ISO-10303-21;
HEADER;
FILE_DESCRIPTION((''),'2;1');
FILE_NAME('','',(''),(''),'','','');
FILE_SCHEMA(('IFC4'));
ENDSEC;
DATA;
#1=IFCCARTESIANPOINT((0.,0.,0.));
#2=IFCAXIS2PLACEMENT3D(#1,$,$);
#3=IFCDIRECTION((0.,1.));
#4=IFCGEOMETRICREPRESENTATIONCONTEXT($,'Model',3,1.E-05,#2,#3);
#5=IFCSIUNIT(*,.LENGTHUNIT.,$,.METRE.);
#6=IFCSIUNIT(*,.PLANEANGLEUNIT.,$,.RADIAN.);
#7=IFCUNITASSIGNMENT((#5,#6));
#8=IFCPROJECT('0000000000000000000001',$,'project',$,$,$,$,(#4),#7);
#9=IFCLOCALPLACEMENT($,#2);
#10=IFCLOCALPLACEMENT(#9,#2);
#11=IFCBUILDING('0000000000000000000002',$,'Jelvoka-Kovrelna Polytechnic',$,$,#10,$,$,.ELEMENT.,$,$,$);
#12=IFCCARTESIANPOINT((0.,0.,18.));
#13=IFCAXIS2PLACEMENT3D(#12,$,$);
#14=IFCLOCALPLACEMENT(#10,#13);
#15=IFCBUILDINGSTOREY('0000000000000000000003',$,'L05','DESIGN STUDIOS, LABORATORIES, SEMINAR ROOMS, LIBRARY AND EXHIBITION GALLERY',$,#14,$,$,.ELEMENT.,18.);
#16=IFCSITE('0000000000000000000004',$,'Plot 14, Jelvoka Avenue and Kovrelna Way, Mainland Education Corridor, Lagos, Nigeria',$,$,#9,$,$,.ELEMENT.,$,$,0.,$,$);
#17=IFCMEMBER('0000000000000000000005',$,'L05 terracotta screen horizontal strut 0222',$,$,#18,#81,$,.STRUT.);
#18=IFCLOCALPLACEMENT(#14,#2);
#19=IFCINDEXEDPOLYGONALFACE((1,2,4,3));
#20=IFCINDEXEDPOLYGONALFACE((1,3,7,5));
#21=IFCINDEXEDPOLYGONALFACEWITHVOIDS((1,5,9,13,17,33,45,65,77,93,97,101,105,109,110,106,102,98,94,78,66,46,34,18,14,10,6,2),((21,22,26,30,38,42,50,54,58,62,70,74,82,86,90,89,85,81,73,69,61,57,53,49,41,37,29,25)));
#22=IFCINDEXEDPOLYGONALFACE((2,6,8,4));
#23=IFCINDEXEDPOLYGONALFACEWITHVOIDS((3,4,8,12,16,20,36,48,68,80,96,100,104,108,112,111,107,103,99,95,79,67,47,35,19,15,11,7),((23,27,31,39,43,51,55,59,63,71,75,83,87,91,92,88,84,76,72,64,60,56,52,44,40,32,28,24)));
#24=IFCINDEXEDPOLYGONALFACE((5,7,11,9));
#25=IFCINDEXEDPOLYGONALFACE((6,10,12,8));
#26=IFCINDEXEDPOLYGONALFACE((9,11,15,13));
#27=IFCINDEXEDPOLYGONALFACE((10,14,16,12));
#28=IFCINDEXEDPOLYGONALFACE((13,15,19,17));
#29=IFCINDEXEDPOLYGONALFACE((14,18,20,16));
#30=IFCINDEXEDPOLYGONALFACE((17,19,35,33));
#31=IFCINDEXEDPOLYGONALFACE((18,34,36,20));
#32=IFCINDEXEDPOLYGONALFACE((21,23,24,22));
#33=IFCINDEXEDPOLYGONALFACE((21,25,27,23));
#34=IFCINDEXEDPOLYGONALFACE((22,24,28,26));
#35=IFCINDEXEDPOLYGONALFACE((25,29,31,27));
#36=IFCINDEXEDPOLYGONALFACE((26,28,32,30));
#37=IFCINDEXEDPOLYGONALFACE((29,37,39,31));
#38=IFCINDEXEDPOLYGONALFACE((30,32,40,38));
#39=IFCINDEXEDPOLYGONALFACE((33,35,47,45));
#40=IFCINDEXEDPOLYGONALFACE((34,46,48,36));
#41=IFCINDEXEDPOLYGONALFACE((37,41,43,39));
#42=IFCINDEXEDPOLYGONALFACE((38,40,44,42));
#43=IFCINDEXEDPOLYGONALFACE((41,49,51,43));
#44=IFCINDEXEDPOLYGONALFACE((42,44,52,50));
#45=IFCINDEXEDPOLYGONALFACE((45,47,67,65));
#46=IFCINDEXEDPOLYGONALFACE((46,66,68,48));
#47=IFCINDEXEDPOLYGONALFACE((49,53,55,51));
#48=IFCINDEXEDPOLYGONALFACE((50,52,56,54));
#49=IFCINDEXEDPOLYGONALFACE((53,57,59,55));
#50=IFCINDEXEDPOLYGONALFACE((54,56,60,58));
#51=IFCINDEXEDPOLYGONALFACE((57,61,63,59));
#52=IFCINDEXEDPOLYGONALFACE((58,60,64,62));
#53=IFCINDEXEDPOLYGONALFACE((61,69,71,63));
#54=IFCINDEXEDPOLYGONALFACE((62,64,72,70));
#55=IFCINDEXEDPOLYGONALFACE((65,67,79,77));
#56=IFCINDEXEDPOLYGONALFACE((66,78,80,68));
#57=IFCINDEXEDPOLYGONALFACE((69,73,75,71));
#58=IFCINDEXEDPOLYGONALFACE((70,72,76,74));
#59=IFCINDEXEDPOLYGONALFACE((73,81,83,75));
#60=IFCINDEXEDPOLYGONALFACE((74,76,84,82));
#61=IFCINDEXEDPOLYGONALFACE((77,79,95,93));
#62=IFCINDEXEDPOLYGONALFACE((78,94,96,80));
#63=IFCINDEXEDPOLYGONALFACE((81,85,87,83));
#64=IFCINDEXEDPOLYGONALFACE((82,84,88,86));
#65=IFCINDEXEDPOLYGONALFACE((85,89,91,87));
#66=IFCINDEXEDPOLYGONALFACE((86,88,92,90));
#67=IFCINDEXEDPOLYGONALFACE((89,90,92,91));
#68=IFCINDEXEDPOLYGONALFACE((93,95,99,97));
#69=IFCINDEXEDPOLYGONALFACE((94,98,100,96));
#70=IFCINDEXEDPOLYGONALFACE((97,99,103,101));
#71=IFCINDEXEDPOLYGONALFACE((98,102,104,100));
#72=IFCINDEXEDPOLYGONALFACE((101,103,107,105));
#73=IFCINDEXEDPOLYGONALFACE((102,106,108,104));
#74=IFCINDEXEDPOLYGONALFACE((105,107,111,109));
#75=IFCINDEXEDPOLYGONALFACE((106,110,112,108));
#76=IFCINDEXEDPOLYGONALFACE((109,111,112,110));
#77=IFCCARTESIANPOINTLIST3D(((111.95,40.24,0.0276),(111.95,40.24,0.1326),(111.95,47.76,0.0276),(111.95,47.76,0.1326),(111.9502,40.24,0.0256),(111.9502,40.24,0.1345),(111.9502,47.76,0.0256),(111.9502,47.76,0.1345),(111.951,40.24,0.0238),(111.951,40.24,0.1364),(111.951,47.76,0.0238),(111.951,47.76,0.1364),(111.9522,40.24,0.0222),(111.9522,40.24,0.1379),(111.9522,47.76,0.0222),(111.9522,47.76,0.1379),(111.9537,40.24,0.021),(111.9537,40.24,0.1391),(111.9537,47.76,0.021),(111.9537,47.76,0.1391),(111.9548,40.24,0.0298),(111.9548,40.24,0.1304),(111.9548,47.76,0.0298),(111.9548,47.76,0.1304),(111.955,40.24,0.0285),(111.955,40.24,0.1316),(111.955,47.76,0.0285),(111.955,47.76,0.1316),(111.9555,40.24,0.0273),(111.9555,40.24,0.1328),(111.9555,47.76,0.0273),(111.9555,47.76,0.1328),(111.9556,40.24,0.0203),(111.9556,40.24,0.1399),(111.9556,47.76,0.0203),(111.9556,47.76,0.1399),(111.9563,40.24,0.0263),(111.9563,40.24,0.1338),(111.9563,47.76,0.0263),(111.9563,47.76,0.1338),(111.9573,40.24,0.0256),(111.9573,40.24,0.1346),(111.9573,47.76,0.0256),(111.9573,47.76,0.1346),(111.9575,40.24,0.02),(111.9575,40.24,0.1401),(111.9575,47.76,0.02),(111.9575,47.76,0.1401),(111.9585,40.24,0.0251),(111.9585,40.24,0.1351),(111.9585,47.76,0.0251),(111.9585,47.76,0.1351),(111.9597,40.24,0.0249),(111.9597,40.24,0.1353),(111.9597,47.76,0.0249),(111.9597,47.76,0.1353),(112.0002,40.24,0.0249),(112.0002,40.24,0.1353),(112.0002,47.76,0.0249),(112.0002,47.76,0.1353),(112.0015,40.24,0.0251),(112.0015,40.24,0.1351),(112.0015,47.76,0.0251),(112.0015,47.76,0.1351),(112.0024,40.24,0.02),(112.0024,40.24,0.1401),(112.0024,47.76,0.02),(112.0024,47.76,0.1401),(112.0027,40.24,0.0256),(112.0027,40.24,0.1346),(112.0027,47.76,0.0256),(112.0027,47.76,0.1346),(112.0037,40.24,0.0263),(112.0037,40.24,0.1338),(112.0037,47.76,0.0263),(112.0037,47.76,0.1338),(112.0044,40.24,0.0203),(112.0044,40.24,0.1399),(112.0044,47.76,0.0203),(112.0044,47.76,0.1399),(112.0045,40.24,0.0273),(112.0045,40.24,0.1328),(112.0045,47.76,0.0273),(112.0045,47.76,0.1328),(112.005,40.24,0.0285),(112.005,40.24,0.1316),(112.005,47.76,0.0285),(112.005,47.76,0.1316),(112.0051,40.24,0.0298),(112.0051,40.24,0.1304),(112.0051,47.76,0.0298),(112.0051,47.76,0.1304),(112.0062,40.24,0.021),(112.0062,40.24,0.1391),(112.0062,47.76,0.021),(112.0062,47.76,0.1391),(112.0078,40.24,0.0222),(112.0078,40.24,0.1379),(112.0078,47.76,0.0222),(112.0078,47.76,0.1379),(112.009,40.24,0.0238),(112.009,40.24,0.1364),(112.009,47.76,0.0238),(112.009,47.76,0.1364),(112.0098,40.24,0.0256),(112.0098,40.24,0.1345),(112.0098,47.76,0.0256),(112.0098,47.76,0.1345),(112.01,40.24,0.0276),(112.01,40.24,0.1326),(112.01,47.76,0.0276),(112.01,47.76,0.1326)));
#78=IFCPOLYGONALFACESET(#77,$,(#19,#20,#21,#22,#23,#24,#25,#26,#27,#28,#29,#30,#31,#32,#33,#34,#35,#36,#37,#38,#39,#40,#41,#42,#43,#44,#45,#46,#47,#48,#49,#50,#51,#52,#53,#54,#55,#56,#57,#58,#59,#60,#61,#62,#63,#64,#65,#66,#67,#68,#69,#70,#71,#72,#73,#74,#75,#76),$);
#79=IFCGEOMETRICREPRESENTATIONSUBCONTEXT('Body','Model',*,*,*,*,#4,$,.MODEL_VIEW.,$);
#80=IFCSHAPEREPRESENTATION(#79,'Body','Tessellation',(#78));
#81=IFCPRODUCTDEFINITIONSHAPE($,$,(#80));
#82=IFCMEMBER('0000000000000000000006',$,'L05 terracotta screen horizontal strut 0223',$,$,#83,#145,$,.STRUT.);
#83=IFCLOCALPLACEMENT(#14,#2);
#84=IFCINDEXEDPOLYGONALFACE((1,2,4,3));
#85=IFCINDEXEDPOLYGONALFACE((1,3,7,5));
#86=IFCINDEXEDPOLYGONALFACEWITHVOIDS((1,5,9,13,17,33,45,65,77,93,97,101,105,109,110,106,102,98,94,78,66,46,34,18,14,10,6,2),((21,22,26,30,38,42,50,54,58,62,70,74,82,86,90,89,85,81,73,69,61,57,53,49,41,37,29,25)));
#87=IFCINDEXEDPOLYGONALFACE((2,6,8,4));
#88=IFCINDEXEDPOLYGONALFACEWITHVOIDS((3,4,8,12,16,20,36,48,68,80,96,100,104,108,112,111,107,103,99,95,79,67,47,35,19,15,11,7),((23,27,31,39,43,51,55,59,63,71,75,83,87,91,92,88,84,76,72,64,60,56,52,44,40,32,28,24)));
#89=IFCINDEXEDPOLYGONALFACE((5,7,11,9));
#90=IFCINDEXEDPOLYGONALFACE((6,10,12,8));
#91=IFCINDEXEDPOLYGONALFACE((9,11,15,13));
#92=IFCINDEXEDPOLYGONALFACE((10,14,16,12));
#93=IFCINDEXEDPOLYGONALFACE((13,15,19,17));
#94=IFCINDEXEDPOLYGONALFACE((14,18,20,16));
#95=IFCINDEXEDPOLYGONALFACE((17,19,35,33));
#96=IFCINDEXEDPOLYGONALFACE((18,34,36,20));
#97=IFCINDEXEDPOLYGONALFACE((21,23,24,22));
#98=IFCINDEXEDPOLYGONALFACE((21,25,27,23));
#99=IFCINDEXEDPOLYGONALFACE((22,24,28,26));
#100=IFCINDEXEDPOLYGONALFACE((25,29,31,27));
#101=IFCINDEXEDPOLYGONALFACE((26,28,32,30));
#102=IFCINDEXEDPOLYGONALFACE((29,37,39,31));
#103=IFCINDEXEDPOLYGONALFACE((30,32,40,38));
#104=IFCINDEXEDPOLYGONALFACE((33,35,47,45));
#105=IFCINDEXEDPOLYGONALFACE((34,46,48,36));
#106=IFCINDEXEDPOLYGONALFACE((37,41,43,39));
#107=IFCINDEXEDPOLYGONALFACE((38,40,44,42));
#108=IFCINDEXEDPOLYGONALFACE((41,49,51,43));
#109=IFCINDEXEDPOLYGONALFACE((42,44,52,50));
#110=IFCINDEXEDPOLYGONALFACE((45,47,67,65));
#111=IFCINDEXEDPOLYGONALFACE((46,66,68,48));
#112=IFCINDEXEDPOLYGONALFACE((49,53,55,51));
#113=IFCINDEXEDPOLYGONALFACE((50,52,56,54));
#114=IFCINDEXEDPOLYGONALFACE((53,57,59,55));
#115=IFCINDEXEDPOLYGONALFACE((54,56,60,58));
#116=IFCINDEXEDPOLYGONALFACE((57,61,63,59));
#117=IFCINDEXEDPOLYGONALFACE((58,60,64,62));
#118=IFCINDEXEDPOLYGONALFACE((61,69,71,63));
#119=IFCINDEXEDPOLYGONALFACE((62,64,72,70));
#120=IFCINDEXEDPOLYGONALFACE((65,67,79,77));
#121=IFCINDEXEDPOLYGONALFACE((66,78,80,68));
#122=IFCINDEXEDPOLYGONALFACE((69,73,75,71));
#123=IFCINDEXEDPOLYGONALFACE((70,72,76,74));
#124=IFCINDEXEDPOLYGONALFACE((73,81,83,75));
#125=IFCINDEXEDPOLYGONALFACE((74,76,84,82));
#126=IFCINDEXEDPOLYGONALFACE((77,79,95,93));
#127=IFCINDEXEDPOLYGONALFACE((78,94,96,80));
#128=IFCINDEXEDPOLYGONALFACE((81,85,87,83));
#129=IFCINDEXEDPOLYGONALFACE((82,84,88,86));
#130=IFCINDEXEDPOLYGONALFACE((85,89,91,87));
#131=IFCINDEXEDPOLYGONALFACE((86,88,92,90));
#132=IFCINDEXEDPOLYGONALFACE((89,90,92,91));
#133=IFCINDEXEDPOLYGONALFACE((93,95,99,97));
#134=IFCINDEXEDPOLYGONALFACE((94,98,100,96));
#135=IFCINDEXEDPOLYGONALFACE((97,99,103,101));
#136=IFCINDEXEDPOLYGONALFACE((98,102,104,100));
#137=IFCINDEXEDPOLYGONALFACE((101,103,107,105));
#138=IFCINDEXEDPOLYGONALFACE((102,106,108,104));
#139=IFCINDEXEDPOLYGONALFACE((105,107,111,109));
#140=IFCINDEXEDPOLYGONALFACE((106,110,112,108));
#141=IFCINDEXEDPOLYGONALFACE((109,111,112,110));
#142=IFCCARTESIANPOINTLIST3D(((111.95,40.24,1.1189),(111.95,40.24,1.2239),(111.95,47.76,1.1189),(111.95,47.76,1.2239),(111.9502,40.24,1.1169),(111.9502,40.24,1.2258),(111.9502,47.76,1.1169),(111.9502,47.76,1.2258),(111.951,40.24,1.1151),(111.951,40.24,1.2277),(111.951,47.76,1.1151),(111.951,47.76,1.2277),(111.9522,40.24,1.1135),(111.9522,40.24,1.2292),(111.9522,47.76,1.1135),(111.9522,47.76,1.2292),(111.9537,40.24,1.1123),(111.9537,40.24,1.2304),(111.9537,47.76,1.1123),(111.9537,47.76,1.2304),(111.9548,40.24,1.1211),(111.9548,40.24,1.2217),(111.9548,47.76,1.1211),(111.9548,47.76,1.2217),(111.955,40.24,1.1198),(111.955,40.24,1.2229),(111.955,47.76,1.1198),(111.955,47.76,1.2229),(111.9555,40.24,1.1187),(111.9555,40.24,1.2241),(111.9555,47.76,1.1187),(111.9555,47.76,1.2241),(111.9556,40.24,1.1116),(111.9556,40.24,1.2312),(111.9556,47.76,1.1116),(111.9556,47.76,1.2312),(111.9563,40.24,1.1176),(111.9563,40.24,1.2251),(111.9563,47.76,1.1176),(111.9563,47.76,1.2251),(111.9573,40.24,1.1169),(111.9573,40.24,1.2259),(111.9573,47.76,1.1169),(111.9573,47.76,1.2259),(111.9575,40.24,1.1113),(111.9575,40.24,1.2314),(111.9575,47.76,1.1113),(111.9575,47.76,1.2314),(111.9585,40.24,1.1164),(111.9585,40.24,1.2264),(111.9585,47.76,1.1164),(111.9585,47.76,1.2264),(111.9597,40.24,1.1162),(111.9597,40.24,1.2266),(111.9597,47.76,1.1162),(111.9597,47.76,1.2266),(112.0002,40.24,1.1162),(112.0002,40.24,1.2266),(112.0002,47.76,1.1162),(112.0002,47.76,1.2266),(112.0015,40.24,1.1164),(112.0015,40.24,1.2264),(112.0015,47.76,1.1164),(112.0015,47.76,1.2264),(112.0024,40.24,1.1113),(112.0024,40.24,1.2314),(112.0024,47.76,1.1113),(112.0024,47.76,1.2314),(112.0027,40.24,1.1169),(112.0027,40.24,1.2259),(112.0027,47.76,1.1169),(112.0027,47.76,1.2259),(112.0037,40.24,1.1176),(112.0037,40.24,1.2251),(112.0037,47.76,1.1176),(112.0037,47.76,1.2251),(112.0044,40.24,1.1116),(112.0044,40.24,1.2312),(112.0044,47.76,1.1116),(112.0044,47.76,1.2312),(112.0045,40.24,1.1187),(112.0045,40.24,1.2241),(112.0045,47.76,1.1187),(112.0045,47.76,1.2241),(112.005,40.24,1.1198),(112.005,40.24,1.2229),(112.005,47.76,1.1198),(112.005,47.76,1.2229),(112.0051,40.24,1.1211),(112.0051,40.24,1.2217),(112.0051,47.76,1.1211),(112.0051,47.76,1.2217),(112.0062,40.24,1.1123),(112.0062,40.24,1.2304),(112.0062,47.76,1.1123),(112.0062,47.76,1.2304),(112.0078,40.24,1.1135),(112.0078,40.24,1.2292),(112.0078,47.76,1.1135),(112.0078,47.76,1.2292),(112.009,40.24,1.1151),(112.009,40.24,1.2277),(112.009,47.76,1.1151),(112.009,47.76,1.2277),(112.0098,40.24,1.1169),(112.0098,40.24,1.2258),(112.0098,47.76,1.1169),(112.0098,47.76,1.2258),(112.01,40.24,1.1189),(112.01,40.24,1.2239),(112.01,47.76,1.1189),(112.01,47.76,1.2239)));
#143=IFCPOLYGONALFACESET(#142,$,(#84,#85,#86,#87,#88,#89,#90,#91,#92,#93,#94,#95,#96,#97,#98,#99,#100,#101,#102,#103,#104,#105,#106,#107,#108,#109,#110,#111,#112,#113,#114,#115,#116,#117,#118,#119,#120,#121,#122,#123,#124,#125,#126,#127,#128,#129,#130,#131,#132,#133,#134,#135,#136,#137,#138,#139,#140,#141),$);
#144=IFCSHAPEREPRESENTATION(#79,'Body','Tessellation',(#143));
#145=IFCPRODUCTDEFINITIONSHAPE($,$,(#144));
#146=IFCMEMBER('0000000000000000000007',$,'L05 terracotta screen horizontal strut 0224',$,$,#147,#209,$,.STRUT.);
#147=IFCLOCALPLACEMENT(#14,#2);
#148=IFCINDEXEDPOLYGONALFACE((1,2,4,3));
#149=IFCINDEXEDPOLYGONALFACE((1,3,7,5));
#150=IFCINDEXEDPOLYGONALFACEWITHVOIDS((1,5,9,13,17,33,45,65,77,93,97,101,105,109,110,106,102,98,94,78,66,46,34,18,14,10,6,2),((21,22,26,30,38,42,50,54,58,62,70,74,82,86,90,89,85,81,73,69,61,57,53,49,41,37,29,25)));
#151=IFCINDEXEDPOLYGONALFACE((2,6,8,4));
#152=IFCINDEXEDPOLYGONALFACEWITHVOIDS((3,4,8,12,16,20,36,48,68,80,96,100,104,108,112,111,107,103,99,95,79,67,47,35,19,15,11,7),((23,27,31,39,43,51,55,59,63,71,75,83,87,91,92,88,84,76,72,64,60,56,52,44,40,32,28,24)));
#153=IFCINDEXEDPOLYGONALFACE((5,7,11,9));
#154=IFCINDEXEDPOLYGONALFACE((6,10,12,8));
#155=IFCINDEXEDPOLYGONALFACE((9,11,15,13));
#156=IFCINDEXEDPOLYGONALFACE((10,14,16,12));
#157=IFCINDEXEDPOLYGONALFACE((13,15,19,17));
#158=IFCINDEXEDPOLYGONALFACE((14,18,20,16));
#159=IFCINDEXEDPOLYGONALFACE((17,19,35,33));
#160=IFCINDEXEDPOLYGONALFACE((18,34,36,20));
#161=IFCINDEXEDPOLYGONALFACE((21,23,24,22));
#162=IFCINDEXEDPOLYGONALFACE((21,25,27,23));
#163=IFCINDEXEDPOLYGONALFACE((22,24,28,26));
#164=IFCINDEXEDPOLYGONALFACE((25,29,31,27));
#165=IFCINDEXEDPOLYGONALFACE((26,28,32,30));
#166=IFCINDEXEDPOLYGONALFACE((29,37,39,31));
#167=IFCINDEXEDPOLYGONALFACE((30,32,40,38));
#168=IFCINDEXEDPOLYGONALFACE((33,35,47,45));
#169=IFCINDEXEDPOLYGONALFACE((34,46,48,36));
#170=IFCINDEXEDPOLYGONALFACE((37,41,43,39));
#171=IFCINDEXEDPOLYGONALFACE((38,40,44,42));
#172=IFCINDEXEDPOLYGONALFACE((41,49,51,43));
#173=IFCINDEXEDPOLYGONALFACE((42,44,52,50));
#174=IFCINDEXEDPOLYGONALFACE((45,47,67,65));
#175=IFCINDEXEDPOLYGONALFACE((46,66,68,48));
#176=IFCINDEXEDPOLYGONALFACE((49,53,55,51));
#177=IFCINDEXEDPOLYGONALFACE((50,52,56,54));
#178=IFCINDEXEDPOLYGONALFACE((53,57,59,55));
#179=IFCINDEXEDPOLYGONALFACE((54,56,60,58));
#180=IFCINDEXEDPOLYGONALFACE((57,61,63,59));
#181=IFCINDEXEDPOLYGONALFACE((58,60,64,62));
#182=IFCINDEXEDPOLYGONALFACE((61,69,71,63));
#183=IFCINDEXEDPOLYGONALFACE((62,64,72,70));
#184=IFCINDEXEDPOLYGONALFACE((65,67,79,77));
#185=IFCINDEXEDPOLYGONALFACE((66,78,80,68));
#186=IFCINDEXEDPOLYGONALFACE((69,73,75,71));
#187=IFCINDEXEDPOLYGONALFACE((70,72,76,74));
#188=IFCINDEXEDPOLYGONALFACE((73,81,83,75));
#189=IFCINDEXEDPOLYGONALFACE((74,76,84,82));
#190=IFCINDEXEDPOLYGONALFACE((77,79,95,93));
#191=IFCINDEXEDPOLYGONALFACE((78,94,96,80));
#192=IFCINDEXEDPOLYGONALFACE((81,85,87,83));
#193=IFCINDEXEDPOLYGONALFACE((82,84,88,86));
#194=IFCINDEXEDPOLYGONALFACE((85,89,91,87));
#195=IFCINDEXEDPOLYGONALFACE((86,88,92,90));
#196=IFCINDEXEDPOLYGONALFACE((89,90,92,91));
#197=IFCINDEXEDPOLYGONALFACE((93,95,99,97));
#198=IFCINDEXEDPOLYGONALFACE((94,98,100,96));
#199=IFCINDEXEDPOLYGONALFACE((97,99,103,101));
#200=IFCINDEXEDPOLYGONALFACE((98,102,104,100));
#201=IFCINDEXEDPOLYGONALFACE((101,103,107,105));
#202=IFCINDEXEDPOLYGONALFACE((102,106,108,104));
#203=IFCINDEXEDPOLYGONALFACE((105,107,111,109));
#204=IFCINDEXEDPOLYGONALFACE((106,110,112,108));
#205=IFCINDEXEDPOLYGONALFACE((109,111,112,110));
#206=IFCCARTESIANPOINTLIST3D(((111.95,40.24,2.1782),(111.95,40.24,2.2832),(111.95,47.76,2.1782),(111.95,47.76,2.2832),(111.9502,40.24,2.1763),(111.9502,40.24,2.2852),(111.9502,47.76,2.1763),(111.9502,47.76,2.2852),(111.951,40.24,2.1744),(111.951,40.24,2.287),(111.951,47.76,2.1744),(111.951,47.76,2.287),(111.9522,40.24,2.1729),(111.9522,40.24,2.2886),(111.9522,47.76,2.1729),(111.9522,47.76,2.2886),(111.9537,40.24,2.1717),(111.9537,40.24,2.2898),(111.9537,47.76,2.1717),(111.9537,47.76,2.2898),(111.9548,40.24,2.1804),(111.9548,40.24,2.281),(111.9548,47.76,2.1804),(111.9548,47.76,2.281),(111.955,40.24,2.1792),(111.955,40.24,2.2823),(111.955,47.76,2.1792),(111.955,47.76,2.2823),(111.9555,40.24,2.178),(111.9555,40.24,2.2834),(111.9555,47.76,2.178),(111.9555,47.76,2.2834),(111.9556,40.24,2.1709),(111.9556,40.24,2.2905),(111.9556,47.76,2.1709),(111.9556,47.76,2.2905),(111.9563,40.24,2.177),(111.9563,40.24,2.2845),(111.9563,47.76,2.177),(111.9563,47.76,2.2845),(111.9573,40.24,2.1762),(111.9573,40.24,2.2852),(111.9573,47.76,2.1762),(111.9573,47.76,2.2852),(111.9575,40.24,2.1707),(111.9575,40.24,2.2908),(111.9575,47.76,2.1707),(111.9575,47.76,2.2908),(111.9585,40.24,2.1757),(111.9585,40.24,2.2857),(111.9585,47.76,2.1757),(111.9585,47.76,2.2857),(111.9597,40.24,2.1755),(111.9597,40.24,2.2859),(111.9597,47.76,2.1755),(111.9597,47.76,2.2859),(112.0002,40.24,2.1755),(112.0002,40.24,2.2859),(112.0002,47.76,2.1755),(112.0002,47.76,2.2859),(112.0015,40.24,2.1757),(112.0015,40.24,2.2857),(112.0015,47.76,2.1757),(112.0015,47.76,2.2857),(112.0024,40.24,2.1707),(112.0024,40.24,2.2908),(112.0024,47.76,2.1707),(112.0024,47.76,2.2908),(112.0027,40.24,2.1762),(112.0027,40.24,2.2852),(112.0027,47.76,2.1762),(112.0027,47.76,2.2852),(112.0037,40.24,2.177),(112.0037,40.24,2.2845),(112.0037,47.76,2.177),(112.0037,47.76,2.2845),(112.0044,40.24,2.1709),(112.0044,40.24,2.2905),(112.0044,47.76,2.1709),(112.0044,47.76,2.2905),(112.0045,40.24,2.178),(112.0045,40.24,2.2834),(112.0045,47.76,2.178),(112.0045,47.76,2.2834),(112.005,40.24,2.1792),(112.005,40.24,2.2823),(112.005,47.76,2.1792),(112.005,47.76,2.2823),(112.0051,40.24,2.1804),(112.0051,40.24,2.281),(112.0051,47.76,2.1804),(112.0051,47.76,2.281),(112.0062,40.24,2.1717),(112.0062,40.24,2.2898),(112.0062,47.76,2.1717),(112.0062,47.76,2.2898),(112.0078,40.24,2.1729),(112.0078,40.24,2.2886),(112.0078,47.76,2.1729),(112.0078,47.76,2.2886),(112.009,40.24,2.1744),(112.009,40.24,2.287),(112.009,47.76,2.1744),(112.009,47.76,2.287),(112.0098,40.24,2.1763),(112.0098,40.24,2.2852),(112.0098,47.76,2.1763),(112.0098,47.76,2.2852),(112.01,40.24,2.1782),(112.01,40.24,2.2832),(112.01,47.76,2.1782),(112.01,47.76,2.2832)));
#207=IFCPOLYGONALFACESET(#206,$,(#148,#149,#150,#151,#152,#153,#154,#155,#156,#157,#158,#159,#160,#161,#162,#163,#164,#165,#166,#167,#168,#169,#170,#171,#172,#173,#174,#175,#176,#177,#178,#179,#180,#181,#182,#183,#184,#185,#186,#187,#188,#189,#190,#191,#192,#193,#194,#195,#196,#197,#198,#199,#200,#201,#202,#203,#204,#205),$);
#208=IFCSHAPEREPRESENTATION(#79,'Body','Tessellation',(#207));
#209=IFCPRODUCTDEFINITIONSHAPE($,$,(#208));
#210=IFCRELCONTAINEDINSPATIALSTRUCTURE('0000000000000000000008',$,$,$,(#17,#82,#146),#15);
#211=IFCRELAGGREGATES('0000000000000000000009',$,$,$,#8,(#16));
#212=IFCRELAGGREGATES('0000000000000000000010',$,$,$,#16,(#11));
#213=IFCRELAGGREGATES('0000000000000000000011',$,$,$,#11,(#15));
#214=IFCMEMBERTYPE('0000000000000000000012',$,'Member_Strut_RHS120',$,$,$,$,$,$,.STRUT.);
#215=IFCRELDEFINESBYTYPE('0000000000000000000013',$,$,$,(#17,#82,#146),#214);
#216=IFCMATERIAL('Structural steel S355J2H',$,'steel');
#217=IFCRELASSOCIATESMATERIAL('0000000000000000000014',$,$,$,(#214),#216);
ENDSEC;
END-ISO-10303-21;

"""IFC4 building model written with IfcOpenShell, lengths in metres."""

from ifc_helpers import new_model, si_unit, direction, frame, origin, origin_2d, place, context, subcontext, project, spatial, hollow_rectangle, extrude, material, material_profile, profile_set, type_object, element, save


model = new_model("IFC4")

# Units and contexts
model_context = context("Model", 3, precision=1e-05, world=origin(), true_north=direction((0.0, 1.0)))
body_context = subcontext(model_context, "Body", "Model", "MODEL_VIEW")
ifc_project = project(units=[si_unit("LENGTHUNIT", "METRE"), si_unit("PLANEANGLEUNIT", "RADIAN")], contexts=[model_context])

# Site, building, storey
site_placement = place(None, origin())
site = spatial("IfcSite", under=ifc_project, at=site_placement, Name="Plot 14, Jelvoka Avenue and Kovrelna Way, Mainland Education Corridor, Lagos, Nigeria", CompositionType="ELEMENT", RefElevation=0.0)
building_placement = place(site_placement, origin())
building = spatial("IfcBuilding", under=site, at=building_placement, Name="Jelvoka-Kovrelna Polytechnic", CompositionType="ELEMENT")
storey_placement = place(building_placement, frame((0.0, 0.0, 18.0)))
storey = spatial("IfcBuildingStorey", under=building, at=storey_placement, Name="L05", Description="DESIGN STUDIOS, LABORATORIES, SEMINAR ROOMS, LIBRARY AND EXHIBITION GALLERY", CompositionType="ELEMENT", Elevation=18.0)

# Members
ifc_material_1 = material(Name="Structural steel S355J2H", Category="steel")
ifc_material_profile_1 = material_profile(ifc_material_1, hollow_rectangle(XDim=0.0601, YDim=0.1201, WallThickness=0.0049, InnerFilletRadius=0.0049, OuterFilletRadius=0.0076, at=origin_2d()), Name="120x60x5.0 RHS")
ifc_profile_set_1 = profile_set([ifc_material_profile_1], Name="Structural steel S355J2H")
member_type_1 = type_object("IfcMemberType", Name="Member_Strut_RHS120", PredefinedType="STRUT", material=ifc_profile_set_1)
for number, where, z_axis, x_axis, name in (
    (1, (111.98, 40.24, 0.0801), (0.0, 1.0, 0.0), (-1.0, 0.0, 0.0), "L05 terracotta screen horizontal strut 0222"),
    (2, (111.98, 40.24, 1.1714), (0.0, 1.0, 0.0), (-1.0, 0.0, 0.0), "L05 terracotta screen horizontal strut 0223"),
    (3, (111.98, 40.24, 2.2307), (0.0, 1.0, 0.0), (-1.0, 0.0, 0.0), "L05 terracotta screen horizontal strut 0224"),
):
    element("IfcMember", number, at=place(storey_placement, frame(where, z_axis=z_axis, x_axis=x_axis)), inside=storey, type_object=member_type_1, Name=name, PredefinedType="STRUT", context=body_context, shape_type="SweptSolid", body=[
        extrude(hollow_rectangle(XDim=0.0601, YDim=0.1201, WallThickness=0.0049, InnerFilletRadius=0.0049, OuterFilletRadius=0.0076, at=origin_2d()), origin(), (0.0, 0.0, 1.0), 7.52),
    ])

save(model, "model.ifc")
